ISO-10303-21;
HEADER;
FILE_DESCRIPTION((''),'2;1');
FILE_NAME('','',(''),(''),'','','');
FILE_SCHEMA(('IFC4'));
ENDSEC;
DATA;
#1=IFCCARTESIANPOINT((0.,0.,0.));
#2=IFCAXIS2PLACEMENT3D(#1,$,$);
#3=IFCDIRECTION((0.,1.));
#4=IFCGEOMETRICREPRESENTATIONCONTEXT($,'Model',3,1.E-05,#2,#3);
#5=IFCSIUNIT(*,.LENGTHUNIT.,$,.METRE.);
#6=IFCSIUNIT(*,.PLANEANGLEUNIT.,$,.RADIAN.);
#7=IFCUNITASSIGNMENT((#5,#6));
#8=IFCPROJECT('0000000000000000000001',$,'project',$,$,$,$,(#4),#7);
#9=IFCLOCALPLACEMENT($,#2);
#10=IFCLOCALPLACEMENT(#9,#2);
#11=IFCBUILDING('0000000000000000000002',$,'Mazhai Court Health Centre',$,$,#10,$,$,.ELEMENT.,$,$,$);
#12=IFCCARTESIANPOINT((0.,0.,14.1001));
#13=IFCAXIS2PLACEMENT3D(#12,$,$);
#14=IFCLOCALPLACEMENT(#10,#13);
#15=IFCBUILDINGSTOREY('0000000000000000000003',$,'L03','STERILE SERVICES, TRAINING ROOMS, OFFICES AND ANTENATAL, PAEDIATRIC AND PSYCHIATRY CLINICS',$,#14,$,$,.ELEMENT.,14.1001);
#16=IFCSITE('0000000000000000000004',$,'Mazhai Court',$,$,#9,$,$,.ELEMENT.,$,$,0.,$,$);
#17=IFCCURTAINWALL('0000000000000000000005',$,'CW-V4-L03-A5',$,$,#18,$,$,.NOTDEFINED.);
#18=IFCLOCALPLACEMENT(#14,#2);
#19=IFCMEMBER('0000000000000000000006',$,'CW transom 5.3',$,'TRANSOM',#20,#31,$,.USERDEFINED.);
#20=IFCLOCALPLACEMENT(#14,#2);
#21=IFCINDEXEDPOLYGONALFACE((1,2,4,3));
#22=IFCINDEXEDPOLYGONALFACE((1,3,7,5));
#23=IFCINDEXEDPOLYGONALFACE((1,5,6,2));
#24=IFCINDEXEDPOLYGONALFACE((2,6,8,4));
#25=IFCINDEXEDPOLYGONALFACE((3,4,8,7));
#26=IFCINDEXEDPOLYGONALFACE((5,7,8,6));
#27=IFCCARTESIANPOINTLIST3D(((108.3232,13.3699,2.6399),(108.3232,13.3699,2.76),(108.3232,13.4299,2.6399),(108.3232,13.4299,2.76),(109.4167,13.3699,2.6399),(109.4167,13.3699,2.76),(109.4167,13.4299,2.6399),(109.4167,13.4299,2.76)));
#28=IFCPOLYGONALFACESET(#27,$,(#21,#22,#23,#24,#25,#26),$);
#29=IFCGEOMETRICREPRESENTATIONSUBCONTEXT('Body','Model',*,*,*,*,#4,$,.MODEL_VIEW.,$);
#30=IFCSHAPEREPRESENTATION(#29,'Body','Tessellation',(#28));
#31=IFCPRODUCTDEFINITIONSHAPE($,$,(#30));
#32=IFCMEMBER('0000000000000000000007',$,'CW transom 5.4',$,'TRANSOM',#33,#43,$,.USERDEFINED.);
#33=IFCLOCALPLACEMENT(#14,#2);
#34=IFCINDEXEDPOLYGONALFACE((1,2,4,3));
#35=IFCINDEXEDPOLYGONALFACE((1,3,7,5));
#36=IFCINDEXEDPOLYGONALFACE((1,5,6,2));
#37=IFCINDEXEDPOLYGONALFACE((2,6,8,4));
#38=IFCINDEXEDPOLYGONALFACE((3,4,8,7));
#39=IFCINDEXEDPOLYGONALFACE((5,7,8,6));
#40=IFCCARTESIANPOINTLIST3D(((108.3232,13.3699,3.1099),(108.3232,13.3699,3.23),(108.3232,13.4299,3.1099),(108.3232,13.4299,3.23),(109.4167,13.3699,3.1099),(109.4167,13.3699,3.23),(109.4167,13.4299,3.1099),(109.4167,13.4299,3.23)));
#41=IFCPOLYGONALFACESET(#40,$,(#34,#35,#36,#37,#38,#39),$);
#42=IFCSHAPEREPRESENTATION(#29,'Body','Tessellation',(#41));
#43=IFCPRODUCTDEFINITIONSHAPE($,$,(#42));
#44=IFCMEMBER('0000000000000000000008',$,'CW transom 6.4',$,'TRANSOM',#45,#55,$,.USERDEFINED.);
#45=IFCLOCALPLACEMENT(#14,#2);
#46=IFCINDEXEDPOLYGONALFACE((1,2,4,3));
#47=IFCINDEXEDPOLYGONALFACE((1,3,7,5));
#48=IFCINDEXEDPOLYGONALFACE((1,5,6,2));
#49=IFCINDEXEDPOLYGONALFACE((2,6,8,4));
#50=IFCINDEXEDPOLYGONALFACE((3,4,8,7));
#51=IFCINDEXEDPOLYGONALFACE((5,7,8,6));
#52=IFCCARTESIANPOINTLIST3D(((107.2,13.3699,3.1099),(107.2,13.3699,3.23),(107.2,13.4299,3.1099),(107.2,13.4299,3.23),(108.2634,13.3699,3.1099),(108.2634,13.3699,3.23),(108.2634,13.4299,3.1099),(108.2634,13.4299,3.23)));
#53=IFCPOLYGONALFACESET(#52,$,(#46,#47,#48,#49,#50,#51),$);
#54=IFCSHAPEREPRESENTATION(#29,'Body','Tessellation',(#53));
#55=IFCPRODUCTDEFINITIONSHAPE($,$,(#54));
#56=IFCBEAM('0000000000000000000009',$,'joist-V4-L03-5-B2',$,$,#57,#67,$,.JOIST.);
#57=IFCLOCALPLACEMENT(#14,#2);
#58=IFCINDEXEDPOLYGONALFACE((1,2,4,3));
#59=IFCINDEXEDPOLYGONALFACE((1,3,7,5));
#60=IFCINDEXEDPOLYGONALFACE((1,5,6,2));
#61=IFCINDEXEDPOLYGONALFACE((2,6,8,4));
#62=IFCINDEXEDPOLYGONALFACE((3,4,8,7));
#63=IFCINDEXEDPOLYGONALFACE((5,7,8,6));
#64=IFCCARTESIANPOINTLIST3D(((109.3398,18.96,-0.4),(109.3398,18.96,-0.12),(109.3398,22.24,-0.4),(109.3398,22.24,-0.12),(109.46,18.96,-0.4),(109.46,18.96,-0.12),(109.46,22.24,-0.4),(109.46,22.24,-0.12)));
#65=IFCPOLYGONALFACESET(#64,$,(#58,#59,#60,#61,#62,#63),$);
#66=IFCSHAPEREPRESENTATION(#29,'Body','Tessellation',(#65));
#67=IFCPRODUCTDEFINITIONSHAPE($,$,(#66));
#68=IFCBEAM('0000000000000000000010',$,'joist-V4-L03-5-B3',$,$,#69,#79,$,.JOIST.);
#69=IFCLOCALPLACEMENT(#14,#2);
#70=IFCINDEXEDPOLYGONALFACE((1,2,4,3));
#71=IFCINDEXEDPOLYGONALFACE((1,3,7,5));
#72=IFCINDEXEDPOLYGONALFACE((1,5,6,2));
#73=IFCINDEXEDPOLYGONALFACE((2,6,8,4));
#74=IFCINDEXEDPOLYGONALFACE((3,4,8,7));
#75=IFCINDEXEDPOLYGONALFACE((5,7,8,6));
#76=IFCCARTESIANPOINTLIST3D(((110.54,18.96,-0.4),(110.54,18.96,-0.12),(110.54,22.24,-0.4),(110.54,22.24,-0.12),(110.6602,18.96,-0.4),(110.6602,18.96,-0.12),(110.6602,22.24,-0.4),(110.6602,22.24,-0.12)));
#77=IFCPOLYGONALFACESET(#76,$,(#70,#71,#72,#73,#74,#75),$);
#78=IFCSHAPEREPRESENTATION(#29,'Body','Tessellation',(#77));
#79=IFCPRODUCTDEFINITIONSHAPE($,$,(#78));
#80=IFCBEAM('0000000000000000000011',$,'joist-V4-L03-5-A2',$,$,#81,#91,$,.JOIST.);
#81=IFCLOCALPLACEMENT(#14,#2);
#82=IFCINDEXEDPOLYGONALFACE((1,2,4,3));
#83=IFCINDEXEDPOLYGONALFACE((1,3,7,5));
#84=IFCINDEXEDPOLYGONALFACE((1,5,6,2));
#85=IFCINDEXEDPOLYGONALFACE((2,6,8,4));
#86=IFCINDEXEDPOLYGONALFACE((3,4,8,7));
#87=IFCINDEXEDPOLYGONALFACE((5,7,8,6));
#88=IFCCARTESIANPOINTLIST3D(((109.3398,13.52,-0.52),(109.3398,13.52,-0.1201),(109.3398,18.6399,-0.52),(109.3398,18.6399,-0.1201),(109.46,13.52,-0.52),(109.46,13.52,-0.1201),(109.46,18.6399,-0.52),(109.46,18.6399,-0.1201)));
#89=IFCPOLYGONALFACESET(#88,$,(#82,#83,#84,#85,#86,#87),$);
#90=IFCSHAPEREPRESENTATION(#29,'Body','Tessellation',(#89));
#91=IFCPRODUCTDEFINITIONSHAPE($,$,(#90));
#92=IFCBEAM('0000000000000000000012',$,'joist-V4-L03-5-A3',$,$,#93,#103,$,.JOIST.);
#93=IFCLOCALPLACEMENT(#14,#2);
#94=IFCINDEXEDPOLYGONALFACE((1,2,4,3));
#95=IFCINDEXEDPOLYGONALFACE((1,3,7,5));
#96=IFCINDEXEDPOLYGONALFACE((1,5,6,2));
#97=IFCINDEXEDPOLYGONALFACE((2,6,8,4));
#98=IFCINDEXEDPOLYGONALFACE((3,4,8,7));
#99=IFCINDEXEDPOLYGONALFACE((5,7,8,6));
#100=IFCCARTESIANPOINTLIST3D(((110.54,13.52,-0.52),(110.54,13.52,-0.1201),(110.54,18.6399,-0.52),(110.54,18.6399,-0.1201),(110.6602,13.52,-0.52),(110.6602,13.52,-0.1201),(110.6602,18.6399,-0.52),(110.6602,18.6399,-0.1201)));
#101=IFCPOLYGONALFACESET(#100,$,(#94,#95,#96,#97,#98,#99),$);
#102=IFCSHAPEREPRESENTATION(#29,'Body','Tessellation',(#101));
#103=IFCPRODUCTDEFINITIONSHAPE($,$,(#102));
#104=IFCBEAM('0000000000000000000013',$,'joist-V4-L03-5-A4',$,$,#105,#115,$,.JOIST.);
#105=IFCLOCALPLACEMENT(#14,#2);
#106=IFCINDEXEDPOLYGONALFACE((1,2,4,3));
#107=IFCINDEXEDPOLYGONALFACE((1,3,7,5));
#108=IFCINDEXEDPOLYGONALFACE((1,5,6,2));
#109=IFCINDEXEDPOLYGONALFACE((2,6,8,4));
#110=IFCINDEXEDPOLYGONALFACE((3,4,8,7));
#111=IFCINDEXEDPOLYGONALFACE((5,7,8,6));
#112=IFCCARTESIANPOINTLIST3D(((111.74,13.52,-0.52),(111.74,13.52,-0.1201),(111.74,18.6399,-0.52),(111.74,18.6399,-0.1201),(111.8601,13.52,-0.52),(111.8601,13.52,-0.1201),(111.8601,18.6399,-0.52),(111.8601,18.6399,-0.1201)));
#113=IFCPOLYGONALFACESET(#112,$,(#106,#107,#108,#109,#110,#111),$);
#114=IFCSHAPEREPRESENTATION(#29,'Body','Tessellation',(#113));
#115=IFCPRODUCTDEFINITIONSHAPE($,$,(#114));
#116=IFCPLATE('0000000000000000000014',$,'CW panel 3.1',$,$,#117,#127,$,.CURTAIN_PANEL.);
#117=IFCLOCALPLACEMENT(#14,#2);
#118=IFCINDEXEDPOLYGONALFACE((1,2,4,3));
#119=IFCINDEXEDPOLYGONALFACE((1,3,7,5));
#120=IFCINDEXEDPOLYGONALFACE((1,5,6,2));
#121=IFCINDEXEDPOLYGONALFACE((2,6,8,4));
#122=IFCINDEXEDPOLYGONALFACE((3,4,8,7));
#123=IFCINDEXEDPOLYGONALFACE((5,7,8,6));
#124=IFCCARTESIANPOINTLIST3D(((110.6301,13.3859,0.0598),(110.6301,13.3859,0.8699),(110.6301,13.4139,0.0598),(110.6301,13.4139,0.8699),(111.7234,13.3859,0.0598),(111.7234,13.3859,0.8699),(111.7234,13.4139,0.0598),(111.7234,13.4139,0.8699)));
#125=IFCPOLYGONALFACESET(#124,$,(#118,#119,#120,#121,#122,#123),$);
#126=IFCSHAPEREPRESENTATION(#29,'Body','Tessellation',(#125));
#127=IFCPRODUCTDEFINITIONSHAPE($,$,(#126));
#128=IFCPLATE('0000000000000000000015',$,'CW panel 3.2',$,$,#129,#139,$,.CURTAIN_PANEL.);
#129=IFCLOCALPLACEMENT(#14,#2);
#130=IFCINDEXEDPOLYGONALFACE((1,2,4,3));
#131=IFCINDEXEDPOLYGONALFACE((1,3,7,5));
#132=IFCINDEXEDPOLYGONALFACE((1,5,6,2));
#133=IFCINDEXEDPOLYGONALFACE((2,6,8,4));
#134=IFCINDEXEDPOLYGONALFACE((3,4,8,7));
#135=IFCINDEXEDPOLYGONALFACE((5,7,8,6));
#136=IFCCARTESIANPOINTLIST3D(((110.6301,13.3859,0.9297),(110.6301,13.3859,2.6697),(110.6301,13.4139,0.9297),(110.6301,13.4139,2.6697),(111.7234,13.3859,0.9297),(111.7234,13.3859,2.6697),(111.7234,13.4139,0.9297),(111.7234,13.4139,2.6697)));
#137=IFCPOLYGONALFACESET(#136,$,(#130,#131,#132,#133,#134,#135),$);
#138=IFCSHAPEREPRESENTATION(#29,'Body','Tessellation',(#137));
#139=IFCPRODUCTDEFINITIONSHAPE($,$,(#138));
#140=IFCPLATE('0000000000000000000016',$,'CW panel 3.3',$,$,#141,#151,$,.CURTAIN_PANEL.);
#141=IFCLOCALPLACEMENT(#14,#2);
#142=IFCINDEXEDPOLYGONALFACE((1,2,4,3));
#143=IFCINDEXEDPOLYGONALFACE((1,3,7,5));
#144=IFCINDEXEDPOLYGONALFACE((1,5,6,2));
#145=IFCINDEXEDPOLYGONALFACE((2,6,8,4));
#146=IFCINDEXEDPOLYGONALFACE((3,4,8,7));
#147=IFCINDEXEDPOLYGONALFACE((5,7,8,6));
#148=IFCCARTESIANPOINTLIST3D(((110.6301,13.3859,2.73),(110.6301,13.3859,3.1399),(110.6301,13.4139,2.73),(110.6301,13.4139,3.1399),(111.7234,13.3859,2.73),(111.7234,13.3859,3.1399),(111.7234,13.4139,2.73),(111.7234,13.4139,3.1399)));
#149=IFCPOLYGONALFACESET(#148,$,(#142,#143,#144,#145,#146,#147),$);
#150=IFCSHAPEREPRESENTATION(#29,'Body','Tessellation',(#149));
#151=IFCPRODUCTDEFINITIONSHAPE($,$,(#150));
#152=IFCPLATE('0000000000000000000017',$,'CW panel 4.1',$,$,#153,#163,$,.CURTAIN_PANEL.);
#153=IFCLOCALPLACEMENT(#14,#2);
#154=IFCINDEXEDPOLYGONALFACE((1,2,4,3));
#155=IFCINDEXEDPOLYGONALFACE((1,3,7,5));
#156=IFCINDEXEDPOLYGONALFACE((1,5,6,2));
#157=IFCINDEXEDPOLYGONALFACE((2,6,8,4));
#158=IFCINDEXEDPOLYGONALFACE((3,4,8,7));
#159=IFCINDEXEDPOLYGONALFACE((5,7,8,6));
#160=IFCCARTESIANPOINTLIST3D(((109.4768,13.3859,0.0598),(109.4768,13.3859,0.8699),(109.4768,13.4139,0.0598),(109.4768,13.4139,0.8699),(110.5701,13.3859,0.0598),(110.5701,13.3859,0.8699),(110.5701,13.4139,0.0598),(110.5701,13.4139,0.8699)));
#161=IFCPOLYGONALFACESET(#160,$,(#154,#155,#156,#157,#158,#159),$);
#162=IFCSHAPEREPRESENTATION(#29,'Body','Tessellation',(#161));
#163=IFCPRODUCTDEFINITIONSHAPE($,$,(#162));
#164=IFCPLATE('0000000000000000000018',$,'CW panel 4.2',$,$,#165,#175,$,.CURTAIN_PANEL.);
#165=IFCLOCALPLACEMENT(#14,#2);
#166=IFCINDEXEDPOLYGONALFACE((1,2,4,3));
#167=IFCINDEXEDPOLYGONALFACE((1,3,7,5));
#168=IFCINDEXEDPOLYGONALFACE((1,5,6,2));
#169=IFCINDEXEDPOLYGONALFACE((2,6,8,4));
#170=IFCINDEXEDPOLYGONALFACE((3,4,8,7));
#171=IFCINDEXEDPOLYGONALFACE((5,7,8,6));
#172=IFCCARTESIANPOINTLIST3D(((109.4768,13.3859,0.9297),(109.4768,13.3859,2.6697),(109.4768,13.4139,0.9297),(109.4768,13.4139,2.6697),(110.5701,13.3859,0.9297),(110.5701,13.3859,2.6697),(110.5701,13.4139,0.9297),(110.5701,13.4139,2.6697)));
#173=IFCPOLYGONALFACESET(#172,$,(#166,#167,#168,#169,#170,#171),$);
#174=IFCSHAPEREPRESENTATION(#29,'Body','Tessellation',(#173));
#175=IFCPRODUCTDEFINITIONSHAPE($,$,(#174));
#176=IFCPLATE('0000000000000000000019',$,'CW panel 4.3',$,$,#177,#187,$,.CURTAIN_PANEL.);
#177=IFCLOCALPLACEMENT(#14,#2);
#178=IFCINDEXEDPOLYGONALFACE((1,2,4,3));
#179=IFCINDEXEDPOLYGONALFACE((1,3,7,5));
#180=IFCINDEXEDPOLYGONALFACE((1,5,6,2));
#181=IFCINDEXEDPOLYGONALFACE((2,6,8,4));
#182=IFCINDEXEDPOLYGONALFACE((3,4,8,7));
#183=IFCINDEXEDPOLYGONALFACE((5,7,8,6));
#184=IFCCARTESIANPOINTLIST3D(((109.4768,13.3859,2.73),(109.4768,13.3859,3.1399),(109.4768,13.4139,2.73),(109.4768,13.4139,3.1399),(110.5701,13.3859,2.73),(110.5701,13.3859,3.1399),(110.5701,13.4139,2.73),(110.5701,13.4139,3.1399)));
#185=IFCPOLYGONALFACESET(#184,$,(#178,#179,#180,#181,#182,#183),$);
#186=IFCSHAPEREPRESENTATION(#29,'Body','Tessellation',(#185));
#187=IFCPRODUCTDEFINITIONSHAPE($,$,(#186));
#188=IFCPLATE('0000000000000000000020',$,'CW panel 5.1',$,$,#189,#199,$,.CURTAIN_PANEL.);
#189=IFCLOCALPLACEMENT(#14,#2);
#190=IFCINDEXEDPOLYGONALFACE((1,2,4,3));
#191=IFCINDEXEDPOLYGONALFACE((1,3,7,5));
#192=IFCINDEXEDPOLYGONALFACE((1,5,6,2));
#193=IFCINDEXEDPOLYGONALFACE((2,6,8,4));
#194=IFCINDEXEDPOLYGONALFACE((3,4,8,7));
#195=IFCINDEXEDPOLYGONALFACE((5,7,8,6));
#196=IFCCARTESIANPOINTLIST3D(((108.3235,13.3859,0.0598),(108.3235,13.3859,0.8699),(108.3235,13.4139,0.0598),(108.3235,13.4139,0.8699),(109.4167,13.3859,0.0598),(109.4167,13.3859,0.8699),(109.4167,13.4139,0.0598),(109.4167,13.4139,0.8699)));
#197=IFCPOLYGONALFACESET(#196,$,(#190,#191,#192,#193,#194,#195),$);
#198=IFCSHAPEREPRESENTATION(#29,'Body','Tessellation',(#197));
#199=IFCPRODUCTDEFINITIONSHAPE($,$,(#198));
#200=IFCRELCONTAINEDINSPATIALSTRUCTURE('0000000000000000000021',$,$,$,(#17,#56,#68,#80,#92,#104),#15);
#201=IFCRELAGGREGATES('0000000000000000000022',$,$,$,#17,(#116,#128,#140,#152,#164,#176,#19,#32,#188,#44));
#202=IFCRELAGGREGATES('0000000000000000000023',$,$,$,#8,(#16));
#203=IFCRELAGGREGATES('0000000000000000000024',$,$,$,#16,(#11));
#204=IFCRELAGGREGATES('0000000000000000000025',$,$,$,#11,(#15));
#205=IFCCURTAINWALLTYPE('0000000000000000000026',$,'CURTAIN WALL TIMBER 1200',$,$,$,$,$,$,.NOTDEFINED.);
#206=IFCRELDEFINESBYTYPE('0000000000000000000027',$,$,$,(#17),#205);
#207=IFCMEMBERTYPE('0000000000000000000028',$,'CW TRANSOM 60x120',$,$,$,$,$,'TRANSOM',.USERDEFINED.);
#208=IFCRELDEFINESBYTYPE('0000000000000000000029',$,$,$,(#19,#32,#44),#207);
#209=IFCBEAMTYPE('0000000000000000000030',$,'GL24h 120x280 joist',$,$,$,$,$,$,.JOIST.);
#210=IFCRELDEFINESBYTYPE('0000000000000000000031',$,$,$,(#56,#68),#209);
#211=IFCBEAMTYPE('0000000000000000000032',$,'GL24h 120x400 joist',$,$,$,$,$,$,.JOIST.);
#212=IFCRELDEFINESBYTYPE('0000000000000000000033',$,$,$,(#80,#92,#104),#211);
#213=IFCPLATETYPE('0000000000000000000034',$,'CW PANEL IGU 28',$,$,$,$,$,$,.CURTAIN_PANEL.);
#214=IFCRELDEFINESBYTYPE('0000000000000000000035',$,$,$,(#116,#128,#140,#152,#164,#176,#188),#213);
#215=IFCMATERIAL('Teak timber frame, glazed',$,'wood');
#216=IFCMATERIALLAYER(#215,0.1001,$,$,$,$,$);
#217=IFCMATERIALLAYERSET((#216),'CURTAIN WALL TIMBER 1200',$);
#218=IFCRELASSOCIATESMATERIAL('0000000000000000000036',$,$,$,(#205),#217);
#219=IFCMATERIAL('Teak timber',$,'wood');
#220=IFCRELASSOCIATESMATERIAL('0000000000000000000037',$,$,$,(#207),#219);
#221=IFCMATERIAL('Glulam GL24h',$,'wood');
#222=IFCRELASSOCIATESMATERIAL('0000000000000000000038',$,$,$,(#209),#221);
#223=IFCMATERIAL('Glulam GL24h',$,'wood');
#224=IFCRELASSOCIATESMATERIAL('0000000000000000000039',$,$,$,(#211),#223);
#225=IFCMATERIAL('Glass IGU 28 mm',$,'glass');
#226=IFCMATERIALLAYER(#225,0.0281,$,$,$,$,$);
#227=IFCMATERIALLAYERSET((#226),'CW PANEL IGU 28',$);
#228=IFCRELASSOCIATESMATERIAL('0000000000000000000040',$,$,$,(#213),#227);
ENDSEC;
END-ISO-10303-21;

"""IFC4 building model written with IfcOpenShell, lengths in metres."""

from ifc_helpers import new_model, si_unit, direction, frame, origin, origin_2d, place, context, subcontext, project, spatial, rectangle, extrude, material, layer, layer_set, material_profile, profile_set, type_object, element, aggregate, save


model = new_model("IFC4")

# Units and contexts
model_context = context("Model", 3, precision=1e-05, world=origin(), true_north=direction((0.0, 1.0)))
body_context = subcontext(model_context, "Body", "Model", "MODEL_VIEW")
ifc_project = project(units=[si_unit("LENGTHUNIT", "METRE"), si_unit("PLANEANGLEUNIT", "RADIAN")], contexts=[model_context])

# Site, building, storey
site_placement = place(None, origin())
site = spatial("IfcSite", under=ifc_project, at=site_placement, Name="Mazhai Court", CompositionType="ELEMENT", RefElevation=0.0)
building_placement = place(site_placement, origin())
building = spatial("IfcBuilding", under=site, at=building_placement, Name="Mazhai Court Health Centre", CompositionType="ELEMENT")
storey_placement = place(building_placement, frame((0.0, 0.0, 14.1001)))
storey = spatial("IfcBuildingStorey", under=building, at=storey_placement, Name="L03", Description="STERILE SERVICES, TRAINING ROOMS, OFFICES AND ANTENATAL, PAEDIATRIC AND PSYCHIATRY CLINICS", CompositionType="ELEMENT", Elevation=14.1001)

# Curtain wall, members
ifc_material_1 = material(Name="Teak timber frame, glazed", Category="wood")
ifc_layer_1 = layer(ifc_material_1, 0.1001)
ifc_layer_set_1 = layer_set([ifc_layer_1], Name="CURTAIN WALL TIMBER 1200")
curtain_wall_type = type_object("IfcCurtainWallType", Name="CURTAIN WALL TIMBER 1200", PredefinedType="NOTDEFINED", material=ifc_layer_set_1)
curtain_wall_placement = place(storey_placement, origin())
curtain_wall = element("IfcCurtainWall", 1, at=curtain_wall_placement, inside=storey, type_object=curtain_wall_type, Name="CW-V4-L03-A5", PredefinedType="NOTDEFINED")
ifc_material_2 = material(Name="Teak timber", Category="wood")
ifc_material_profile_1 = material_profile(ifc_material_2, rectangle(XDim=0.0601, YDim=0.1201, at=origin_2d()), Name="CW TRANSOM 60x120")
ifc_profile_set_1 = profile_set([ifc_material_profile_1], Name="Teak timber")
member_type_1 = type_object("IfcMemberType", Name="CW TRANSOM 60x120", ElementType="TRANSOM", PredefinedType="USERDEFINED", material=ifc_profile_set_1)
member_1_placement = place(storey_placement, frame((109.4167, 13.3999, 2.7), z_axis=(-1.0, 0.0, 0.0), x_axis=(0.0, -1.0, 0.0)))
member_1 = element("IfcMember", 2, at=member_1_placement, type_object=member_type_1, Name="CW transom 5.3", ObjectType="TRANSOM", PredefinedType="USERDEFINED", context=body_context, shape_type="SweptSolid", body=[
    extrude(rectangle(XDim=0.0601, YDim=0.1201, at=origin_2d()), origin(), (0.0, 0.0, 1.0), 1.0935),
])
member_2_placement = place(storey_placement, frame((109.4167, 13.3999, 3.1699), z_axis=(-1.0, 0.0, 0.0), x_axis=(0.0, -1.0, 0.0)))
member_2 = element("IfcMember", 3, at=member_2_placement, type_object=member_type_1, Name="CW transom 5.4", ObjectType="TRANSOM", PredefinedType="USERDEFINED", context=body_context, shape_type="SweptSolid", body=[
    extrude(rectangle(XDim=0.0601, YDim=0.1201, at=origin_2d()), origin(), (0.0, 0.0, 1.0), 1.0935),
])
member_3_placement = place(storey_placement, frame((108.2634, 13.3999, 3.1699), z_axis=(-1.0, 0.0, 0.0), x_axis=(0.0, -1.0, 0.0)))
member_3 = element("IfcMember", 4, at=member_3_placement, type_object=member_type_1, Name="CW transom 6.4", ObjectType="TRANSOM", PredefinedType="USERDEFINED", context=body_context, shape_type="SweptSolid", body=[
    extrude(rectangle(XDim=0.0601, YDim=0.1201, at=origin_2d()), origin(), (0.0, 0.0, 1.0), 1.0635),
])

# Beams
ifc_material_3 = material(Name="Glulam GL24h", Category="wood")
ifc_material_profile_2 = material_profile(ifc_material_3, rectangle(XDim=0.1201, YDim=0.28, at=origin_2d()), Name="GL24h 120x280")
ifc_profile_set_2 = profile_set([ifc_material_profile_2], Name="Glulam GL24h")
beam_type_1 = type_object("IfcBeamType", Name="GL24h 120x280 joist", PredefinedType="JOIST", material=ifc_profile_set_2)
for number, where, z_axis, x_axis, name in (
    (5, (109.3999, 18.96, -0.26), (0.0, 1.0, 0.0), (-1.0, 0.0, 0.0), "joist-V4-L03-5-B2"),
    (6, (110.6001, 18.96, -0.26), (0.0, 1.0, 0.0), (-1.0, 0.0, 0.0), "joist-V4-L03-5-B3"),
):
    element("IfcBeam", number, at=place(storey_placement, frame(where, z_axis=z_axis, x_axis=x_axis)), inside=storey, type_object=beam_type_1, Name=name, PredefinedType="JOIST", context=body_context, shape_type="SweptSolid", body=[
        extrude(rectangle(XDim=0.1201, YDim=0.28, at=origin_2d()), origin(), (0.0, 0.0, 1.0), 3.28),
    ])
ifc_material_4 = material(Name="Glulam GL24h", Category="wood")
ifc_material_profile_3 = material_profile(ifc_material_4, rectangle(XDim=0.1201, YDim=0.3999, at=origin_2d()), Name="GL24h 120x400")
ifc_profile_set_3 = profile_set([ifc_material_profile_3], Name="Glulam GL24h")
beam_type_2 = type_object("IfcBeamType", Name="GL24h 120x400 joist", PredefinedType="JOIST", material=ifc_profile_set_3)
for number, where, z_axis, x_axis, name in (
    (7, (109.3999, 13.52, -0.3201), (0.0, 1.0, 0.0), (-1.0, 0.0, 0.0), "joist-V4-L03-5-A2"),
    (8, (110.6001, 13.52, -0.3201), (0.0, 1.0, 0.0), (-1.0, 0.0, 0.0), "joist-V4-L03-5-A3"),
    (9, (111.8, 13.52, -0.3201), (0.0, 1.0, 0.0), (-1.0, 0.0, 0.0), "joist-V4-L03-5-A4"),
):
    element("IfcBeam", number, at=place(storey_placement, frame(where, z_axis=z_axis, x_axis=x_axis)), inside=storey, type_object=beam_type_2, Name=name, PredefinedType="JOIST", context=body_context, shape_type="SweptSolid", body=[
        extrude(rectangle(XDim=0.1201, YDim=0.3999, at=origin_2d()), origin(), (0.0, 0.0, 1.0), 5.1199),
    ])

# Plates
ifc_material_5 = material(Name="Glass IGU 28 mm", Category="glass")
ifc_layer_2 = layer(ifc_material_5, 0.0281)
ifc_layer_set_2 = layer_set([ifc_layer_2], Name="CW PANEL IGU 28")
plate_type = type_object("IfcPlateType", Name="CW PANEL IGU 28", PredefinedType="CURTAIN_PANEL", material=ifc_layer_set_2)
plate_1_placement = place(storey_placement, frame((111.1768, 13.3999, 0.0598), z_axis=(0.0, 0.0, 1.0), x_axis=(-1.0, 0.0, 0.0)))
plate_1 = element("IfcPlate", 10, at=plate_1_placement, type_object=plate_type, Name="CW panel 3.1", PredefinedType="CURTAIN_PANEL", context=body_context, shape_type="SweptSolid", body=[
    extrude(rectangle(XDim=1.0933, YDim=0.0281, at=origin_2d()), origin(), (0.0, 0.0, 1.0), 0.8101),
])
plate_2_placement = place(storey_placement, frame((111.1768, 13.3999, 0.9297), z_axis=(0.0, 0.0, 1.0), x_axis=(-1.0, 0.0, 0.0)))
plate_2 = element("IfcPlate", 11, at=plate_2_placement, type_object=plate_type, Name="CW panel 3.2", PredefinedType="CURTAIN_PANEL", context=body_context, shape_type="SweptSolid", body=[
    extrude(rectangle(XDim=1.0933, YDim=0.0281, at=origin_2d()), origin(), (0.0, 0.0, 1.0), 1.74),
])
plate_3_placement = place(storey_placement, frame((111.1768, 13.3999, 2.73), z_axis=(0.0, 0.0, 1.0), x_axis=(-1.0, 0.0, 0.0)))
plate_3 = element("IfcPlate", 12, at=plate_3_placement, type_object=plate_type, Name="CW panel 3.3", PredefinedType="CURTAIN_PANEL", context=body_context, shape_type="SweptSolid", body=[
    extrude(rectangle(XDim=1.0933, YDim=0.0281, at=origin_2d()), origin(), (0.0, 0.0, 1.0), 0.4099),
])
plate_4_placement = place(storey_placement, frame((110.0234, 13.3999, 0.0598), z_axis=(0.0, 0.0, 1.0), x_axis=(-1.0, 0.0, 0.0)))
plate_4 = element("IfcPlate", 13, at=plate_4_placement, type_object=plate_type, Name="CW panel 4.1", PredefinedType="CURTAIN_PANEL", context=body_context, shape_type="SweptSolid", body=[
    extrude(rectangle(XDim=1.0933, YDim=0.0281, at=origin_2d()), origin(), (0.0, 0.0, 1.0), 0.8101),
])
plate_5_placement = place(storey_placement, frame((110.0234, 13.3999, 0.9297), z_axis=(0.0, 0.0, 1.0), x_axis=(-1.0, 0.0, 0.0)))
plate_5 = element("IfcPlate", 14, at=plate_5_placement, type_object=plate_type, Name="CW panel 4.2", PredefinedType="CURTAIN_PANEL", context=body_context, shape_type="SweptSolid", body=[
    extrude(rectangle(XDim=1.0933, YDim=0.0281, at=origin_2d()), origin(), (0.0, 0.0, 1.0), 1.74),
])
plate_6_placement = place(storey_placement, frame((110.0234, 13.3999, 2.73), z_axis=(0.0, 0.0, 1.0), x_axis=(-1.0, 0.0, 0.0)))
plate_6 = element("IfcPlate", 15, at=plate_6_placement, type_object=plate_type, Name="CW panel 4.3", PredefinedType="CURTAIN_PANEL", context=body_context, shape_type="SweptSolid", body=[
    extrude(rectangle(XDim=1.0933, YDim=0.0281, at=origin_2d()), origin(), (0.0, 0.0, 1.0), 0.4099),
])
plate_7_placement = place(storey_placement, frame((108.8701, 13.3999, 0.0598), z_axis=(0.0, 0.0, 1.0), x_axis=(-1.0, 0.0, 0.0)))
plate_7 = element("IfcPlate", 16, at=plate_7_placement, type_object=plate_type, Name="CW panel 5.1", PredefinedType="CURTAIN_PANEL", context=body_context, shape_type="SweptSolid", body=[
    extrude(rectangle(XDim=1.0933, YDim=0.0281, at=origin_2d()), origin(), (0.0, 0.0, 1.0), 0.8101),
])
aggregate(curtain_wall, [plate_1, plate_2, plate_3, plate_4, plate_5, plate_6, member_1, member_2, plate_7, member_3])

save(model, "model.ifc")
